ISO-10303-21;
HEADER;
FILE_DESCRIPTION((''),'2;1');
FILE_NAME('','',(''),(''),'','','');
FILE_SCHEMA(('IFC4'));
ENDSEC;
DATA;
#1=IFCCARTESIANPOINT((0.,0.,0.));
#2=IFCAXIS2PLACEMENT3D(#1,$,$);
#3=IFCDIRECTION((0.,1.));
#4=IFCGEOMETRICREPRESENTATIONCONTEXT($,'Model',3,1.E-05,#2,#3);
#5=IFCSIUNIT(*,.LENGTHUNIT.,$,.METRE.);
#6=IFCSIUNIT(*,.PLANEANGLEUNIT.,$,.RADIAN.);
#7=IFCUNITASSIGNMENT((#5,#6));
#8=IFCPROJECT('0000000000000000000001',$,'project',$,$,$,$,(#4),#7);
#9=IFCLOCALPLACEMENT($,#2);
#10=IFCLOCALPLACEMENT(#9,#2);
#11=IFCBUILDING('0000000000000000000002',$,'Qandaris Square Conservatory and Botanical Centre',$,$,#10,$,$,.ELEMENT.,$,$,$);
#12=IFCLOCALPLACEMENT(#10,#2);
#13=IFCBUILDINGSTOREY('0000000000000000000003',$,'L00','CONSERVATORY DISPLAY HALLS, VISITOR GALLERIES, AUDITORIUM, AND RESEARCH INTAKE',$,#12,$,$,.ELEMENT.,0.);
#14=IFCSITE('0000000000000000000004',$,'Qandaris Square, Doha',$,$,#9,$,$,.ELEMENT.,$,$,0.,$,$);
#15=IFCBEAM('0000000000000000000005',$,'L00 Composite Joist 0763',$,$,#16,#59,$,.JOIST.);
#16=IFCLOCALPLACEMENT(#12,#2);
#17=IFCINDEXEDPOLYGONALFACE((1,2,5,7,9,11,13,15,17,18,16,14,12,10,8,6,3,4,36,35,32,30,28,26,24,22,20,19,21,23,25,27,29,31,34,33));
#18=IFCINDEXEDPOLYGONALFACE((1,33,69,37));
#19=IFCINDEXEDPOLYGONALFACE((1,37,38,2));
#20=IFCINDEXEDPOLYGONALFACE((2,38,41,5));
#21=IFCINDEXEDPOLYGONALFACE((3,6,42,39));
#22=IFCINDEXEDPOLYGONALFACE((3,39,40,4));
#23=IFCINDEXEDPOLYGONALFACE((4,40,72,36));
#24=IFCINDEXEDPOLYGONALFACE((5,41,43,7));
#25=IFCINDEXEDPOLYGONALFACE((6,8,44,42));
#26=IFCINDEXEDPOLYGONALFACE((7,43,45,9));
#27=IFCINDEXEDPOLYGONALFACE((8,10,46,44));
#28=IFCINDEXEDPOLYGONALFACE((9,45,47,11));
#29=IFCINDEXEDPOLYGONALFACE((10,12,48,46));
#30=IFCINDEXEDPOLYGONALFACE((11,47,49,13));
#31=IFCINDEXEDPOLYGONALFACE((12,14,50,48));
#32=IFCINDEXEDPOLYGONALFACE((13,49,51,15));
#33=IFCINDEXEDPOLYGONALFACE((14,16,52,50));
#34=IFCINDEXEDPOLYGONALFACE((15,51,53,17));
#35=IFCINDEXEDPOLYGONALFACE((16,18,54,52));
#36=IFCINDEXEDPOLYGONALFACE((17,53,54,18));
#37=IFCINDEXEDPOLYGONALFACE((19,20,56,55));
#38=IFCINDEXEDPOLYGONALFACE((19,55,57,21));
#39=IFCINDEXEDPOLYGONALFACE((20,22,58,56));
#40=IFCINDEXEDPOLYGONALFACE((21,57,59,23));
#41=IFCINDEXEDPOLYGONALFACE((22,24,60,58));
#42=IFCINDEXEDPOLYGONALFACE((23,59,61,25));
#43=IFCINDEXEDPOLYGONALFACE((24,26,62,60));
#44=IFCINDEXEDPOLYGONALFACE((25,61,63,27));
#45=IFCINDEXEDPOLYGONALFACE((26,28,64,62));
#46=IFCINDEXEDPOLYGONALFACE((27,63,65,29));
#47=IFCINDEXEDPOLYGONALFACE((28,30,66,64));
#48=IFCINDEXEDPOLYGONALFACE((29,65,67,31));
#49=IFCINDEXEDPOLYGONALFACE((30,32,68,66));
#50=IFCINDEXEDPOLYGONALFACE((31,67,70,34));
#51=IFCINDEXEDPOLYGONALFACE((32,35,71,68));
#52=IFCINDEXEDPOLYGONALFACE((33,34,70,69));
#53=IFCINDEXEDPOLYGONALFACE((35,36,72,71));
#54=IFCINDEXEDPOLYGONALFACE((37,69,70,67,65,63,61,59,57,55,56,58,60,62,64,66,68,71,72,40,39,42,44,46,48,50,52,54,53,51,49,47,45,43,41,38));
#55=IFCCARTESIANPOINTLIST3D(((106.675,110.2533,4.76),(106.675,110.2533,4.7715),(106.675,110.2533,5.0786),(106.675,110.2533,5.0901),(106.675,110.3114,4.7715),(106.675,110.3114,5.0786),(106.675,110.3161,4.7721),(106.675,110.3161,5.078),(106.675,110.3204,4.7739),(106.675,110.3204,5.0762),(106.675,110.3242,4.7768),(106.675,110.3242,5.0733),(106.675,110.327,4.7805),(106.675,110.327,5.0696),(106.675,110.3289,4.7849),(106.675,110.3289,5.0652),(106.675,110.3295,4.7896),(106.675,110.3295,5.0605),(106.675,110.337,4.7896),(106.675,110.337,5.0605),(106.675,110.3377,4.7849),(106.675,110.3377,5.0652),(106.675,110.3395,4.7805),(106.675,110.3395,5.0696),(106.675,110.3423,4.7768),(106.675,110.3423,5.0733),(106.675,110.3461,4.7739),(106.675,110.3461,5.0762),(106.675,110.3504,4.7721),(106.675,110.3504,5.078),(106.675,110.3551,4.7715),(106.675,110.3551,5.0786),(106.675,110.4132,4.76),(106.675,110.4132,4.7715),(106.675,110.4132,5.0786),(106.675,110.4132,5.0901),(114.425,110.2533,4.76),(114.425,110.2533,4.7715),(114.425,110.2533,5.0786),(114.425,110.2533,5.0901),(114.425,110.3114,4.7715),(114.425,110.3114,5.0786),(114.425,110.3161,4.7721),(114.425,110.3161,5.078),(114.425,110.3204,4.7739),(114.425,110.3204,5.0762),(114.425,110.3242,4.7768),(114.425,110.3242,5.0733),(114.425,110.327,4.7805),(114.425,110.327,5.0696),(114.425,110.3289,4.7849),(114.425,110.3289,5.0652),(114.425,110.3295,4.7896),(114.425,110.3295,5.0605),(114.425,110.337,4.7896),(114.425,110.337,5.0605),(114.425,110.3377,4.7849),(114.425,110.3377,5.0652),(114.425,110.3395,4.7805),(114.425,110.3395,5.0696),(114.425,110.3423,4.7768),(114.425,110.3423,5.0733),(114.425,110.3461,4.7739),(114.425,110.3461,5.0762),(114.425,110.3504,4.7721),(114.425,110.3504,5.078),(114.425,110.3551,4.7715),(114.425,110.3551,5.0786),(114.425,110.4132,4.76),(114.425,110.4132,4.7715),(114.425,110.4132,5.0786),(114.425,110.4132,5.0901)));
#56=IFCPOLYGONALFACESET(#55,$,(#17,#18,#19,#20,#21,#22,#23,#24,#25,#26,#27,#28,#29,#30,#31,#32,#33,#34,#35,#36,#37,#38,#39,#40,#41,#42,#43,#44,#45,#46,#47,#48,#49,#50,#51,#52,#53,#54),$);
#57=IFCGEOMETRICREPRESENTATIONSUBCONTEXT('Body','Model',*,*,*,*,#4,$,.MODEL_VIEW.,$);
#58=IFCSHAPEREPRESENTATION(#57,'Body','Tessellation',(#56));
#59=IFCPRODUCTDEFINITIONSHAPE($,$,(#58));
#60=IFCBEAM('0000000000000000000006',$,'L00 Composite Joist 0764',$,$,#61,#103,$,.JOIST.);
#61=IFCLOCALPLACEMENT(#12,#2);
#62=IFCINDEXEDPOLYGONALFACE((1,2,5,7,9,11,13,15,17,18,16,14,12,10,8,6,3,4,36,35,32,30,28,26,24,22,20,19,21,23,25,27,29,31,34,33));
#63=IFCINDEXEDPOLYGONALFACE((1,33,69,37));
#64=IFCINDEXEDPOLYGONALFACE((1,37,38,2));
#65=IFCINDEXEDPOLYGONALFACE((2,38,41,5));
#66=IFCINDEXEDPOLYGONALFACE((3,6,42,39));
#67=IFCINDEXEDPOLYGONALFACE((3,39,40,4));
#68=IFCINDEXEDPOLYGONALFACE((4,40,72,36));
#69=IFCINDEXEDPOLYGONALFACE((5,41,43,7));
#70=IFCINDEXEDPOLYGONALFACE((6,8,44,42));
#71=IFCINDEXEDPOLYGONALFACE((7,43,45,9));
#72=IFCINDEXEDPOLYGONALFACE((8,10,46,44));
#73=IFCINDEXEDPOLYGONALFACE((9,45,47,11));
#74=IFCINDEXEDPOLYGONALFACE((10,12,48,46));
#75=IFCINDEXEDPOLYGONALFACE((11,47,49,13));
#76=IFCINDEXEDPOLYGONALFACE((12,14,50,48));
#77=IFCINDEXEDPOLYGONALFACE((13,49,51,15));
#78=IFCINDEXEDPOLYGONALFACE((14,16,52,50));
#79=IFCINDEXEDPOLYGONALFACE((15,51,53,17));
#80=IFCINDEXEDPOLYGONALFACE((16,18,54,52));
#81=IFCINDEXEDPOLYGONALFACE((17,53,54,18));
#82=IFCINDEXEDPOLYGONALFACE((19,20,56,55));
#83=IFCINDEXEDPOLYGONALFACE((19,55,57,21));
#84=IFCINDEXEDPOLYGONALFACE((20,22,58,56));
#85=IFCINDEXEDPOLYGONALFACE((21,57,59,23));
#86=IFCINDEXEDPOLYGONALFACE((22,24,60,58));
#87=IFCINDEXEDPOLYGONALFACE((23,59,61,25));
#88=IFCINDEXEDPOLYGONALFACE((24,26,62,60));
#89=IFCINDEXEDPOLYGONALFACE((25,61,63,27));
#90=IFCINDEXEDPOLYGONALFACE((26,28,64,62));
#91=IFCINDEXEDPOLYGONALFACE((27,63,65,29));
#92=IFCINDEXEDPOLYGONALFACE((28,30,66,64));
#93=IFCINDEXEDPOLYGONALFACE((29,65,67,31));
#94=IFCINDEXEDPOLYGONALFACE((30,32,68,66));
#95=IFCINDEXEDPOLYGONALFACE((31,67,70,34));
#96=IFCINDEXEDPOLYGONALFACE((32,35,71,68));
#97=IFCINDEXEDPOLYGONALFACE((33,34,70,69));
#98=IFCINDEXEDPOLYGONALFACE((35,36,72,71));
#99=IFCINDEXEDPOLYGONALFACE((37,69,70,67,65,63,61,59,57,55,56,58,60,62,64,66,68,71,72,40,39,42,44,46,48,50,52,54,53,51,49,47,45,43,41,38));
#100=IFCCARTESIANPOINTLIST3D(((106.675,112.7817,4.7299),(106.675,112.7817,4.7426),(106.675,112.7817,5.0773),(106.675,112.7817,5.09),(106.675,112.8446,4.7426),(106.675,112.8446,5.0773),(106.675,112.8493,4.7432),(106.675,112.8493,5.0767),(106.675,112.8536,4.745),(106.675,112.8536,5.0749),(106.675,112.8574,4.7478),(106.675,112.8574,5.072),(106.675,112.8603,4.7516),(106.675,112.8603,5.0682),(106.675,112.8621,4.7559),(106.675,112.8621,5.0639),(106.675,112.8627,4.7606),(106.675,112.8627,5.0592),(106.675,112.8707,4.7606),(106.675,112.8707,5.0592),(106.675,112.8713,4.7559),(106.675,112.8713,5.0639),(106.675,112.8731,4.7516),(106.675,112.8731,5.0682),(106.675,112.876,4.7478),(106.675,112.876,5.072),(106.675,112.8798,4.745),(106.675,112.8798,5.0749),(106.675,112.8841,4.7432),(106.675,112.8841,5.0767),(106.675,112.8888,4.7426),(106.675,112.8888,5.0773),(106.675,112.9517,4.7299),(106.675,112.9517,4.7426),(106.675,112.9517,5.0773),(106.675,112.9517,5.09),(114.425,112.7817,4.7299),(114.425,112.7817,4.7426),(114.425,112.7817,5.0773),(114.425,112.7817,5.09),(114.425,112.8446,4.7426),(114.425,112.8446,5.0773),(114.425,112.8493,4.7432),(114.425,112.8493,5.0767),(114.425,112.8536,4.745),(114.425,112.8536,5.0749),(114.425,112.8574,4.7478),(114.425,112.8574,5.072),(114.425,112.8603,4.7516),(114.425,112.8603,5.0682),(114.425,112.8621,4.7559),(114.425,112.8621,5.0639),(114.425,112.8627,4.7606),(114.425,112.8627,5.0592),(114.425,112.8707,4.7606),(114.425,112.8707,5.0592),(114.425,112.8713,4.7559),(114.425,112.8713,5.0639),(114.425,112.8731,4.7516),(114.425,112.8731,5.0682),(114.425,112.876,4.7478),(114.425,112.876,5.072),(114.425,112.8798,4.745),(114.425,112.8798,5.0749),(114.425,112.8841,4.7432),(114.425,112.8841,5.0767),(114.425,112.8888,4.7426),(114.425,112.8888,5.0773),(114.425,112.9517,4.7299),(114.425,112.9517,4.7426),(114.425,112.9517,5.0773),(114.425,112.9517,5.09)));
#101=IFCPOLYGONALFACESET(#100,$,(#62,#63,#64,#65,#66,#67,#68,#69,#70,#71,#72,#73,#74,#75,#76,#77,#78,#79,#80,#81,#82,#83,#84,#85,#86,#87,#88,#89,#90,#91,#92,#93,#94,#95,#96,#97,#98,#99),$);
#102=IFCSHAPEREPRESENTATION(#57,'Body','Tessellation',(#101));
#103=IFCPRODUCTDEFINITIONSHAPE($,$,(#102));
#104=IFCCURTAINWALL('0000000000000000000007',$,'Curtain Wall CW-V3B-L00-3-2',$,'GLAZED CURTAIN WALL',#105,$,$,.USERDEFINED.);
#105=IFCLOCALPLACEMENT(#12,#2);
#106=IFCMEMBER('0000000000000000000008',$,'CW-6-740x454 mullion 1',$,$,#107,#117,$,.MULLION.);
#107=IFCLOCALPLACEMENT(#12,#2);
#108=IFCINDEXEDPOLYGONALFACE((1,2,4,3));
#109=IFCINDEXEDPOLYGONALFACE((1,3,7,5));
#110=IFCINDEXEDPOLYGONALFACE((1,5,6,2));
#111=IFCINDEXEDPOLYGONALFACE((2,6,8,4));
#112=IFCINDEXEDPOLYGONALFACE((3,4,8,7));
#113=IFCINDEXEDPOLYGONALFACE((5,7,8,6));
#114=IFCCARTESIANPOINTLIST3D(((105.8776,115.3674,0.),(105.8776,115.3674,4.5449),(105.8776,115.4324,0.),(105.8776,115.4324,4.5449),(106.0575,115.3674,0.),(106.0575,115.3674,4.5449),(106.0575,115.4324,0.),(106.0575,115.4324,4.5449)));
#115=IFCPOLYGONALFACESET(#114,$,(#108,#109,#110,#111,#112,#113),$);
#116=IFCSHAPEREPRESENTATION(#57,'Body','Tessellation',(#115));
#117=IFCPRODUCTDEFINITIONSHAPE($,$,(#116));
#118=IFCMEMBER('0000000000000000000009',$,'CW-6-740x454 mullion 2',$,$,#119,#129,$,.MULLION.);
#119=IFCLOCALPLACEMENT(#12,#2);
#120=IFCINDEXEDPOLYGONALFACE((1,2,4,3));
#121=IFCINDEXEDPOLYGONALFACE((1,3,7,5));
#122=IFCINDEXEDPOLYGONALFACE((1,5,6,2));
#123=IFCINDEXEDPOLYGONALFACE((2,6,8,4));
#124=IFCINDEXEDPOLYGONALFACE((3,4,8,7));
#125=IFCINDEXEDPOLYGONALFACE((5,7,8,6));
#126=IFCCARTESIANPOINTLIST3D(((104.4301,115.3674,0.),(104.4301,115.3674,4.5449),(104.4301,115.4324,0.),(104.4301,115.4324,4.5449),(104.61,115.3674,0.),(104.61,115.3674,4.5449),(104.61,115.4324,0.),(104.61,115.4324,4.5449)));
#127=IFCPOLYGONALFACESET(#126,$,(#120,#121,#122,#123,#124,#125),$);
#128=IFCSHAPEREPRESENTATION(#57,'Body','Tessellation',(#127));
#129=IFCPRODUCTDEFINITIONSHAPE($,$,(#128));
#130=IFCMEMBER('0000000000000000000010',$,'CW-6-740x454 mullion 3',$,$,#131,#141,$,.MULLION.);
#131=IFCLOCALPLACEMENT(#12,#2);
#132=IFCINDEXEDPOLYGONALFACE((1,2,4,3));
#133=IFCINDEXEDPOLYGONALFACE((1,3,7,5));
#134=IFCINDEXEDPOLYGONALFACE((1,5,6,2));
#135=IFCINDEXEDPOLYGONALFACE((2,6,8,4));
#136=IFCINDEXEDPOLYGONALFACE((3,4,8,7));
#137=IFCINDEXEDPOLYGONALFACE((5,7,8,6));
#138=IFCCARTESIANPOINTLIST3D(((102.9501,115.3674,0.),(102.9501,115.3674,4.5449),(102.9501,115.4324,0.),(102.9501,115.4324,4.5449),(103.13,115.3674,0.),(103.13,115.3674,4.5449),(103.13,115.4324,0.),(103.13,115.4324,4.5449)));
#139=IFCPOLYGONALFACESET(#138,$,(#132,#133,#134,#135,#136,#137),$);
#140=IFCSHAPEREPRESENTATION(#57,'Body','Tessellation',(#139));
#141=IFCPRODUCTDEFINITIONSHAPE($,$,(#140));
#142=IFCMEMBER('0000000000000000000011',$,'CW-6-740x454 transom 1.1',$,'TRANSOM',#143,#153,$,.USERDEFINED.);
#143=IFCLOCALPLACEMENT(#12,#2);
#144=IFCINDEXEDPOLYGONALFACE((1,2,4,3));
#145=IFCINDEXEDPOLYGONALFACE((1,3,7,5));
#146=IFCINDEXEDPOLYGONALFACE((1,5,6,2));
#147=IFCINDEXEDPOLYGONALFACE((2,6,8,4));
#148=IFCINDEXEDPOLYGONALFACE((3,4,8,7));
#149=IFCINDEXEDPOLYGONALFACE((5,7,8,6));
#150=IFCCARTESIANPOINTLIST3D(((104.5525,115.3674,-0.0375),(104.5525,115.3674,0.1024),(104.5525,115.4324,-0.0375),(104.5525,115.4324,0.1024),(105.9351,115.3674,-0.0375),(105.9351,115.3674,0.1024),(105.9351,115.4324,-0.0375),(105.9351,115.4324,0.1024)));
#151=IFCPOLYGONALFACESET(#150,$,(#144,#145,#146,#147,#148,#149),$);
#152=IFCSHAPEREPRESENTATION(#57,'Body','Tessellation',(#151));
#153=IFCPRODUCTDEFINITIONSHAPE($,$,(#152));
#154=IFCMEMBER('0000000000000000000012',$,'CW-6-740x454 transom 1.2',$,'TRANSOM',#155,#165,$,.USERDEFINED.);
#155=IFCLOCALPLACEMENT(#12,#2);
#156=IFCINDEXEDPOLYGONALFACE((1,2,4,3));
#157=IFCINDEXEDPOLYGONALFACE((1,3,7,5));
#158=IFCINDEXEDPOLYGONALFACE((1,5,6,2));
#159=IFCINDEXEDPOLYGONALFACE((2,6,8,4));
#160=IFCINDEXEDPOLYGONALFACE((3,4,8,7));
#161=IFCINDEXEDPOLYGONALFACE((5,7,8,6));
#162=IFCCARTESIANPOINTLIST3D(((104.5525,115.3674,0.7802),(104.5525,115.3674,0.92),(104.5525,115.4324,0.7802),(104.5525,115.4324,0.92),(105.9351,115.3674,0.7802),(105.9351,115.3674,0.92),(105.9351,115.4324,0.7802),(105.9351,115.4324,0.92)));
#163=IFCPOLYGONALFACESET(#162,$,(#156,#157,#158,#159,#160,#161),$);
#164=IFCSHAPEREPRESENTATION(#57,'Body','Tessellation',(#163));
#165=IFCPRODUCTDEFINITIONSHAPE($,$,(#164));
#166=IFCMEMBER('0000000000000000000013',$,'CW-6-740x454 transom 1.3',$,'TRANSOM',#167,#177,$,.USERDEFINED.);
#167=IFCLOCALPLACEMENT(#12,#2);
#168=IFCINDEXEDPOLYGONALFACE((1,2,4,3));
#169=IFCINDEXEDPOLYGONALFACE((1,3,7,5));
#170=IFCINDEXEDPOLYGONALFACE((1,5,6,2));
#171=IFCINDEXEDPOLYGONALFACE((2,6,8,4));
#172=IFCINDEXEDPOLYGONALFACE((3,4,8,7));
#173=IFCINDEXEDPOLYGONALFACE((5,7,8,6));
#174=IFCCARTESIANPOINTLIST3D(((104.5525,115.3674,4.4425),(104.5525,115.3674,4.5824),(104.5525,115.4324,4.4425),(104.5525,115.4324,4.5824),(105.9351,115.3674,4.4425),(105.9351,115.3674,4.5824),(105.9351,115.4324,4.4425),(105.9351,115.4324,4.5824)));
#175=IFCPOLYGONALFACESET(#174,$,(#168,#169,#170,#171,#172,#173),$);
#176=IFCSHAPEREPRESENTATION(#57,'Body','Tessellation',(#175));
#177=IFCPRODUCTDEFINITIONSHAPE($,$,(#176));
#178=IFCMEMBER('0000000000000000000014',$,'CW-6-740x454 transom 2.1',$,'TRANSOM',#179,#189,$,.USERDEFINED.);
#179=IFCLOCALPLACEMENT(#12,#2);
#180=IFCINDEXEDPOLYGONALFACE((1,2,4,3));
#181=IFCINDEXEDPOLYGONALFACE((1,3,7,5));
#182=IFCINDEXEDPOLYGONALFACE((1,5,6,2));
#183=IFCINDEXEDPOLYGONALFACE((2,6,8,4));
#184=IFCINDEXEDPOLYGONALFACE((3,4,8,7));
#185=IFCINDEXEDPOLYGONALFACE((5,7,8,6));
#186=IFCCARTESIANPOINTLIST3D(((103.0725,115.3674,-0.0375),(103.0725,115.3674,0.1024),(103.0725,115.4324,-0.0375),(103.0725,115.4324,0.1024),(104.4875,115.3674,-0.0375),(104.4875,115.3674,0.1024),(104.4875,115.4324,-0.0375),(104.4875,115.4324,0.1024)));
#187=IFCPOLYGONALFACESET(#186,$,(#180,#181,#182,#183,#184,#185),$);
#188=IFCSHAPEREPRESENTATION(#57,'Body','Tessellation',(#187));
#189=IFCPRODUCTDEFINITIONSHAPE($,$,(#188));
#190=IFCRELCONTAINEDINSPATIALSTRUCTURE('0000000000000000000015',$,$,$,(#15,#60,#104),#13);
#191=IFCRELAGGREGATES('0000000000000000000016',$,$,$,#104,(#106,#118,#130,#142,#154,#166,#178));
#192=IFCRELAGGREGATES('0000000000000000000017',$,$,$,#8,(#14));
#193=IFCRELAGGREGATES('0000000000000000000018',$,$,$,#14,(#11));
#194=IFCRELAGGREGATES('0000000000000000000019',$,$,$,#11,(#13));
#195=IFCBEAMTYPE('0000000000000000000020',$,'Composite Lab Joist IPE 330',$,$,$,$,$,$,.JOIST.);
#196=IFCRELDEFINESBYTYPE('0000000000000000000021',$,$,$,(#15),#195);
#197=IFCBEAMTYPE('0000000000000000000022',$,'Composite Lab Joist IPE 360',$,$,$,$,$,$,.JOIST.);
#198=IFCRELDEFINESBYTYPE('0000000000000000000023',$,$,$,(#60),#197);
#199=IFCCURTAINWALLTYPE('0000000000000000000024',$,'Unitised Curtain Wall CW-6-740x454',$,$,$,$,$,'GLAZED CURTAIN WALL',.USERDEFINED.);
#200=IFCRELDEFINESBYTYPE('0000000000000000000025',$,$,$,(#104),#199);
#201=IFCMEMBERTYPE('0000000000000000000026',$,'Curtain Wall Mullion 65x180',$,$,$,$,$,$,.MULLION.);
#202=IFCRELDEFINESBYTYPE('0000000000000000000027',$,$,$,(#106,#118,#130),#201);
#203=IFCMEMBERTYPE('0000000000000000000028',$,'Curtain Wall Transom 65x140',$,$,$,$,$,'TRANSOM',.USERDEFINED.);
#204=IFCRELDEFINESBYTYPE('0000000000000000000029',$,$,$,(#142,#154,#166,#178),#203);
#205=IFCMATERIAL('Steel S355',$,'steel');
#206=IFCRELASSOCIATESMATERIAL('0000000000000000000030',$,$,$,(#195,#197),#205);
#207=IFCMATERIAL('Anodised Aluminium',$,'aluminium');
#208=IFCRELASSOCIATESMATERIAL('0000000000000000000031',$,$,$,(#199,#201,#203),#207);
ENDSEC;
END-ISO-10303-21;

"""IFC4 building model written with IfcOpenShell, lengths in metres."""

from ifc_helpers import new_model, si_unit, direction, frame, origin, origin_2d, place, context, subcontext, project, spatial, rectangle, i_section, extrude, material, material_profile, profile_set, type_object, element, aggregate, save


model = new_model("IFC4")

# Units and contexts
model_context = context("Model", 3, precision=1e-05, world=origin(), true_north=direction((0.0, 1.0)))
body_context = subcontext(model_context, "Body", "Model", "MODEL_VIEW")
ifc_project = project(units=[si_unit("LENGTHUNIT", "METRE"), si_unit("PLANEANGLEUNIT", "RADIAN")], contexts=[model_context])

# Site, building, storey
site_placement = place(None, origin())
site = spatial("IfcSite", under=ifc_project, at=site_placement, Name="Qandaris Square, Doha", CompositionType="ELEMENT", RefElevation=0.0)
building_placement = place(site_placement, origin())
building = spatial("IfcBuilding", under=site, at=building_placement, Name="Qandaris Square Conservatory and Botanical Centre", CompositionType="ELEMENT")
storey_placement = place(building_placement, origin())
storey = spatial("IfcBuildingStorey", under=building, at=storey_placement, Name="L00", Description="CONSERVATORY DISPLAY HALLS, VISITOR GALLERIES, AUDITORIUM, AND RESEARCH INTAKE", CompositionType="ELEMENT", Elevation=0.0)

# Beams
ifc_material_1 = material(Name="Steel S355", Category="steel")
ifc_material_profile_1 = material_profile(ifc_material_1, i_section(OverallWidth=0.1599, OverallDepth=0.3301, WebThickness=0.0076, FlangeThickness=0.0115, FilletRadius=0.0181, at=origin_2d()), Name="IPE 330")
ifc_profile_set_1 = profile_set([ifc_material_profile_1], Name="Steel S355")
beam_type_1 = type_object("IfcBeamType", Name="Composite Lab Joist IPE 330", PredefinedType="JOIST", material=ifc_profile_set_1)
beam_1_placement = place(storey_placement, frame((106.675, 110.3333, 4.925), z_axis=(1.0, 0.0, 0.0), x_axis=(0.0, 1.0, 0.0)))
element("IfcBeam", 1, at=beam_1_placement, inside=storey, type_object=beam_type_1, Name="L00 Composite Joist 0763", PredefinedType="JOIST", context=body_context, shape_type="SweptSolid", body=[
    extrude(i_section(OverallWidth=0.1599, OverallDepth=0.3301, WebThickness=0.0076, FlangeThickness=0.0115, FilletRadius=0.0181, at=origin_2d()), origin(), (0.0, 0.0, 1.0), 7.75),
])
ifc_material_profile_2 = material_profile(ifc_material_1, i_section(OverallWidth=0.1699, OverallDepth=0.3601, WebThickness=0.0081, FlangeThickness=0.0127, FilletRadius=0.0181, at=origin_2d()), Name="IPE 360")
ifc_profile_set_2 = profile_set([ifc_material_profile_2], Name="Steel S355")
beam_type_2 = type_object("IfcBeamType", Name="Composite Lab Joist IPE 360", PredefinedType="JOIST", material=ifc_profile_set_2)
beam_2_placement = place(storey_placement, frame((106.675, 112.8667, 4.9099), z_axis=(1.0, 0.0, 0.0), x_axis=(0.0, 1.0, 0.0)))
element("IfcBeam", 2, at=beam_2_placement, inside=storey, type_object=beam_type_2, Name="L00 Composite Joist 0764", PredefinedType="JOIST", context=body_context, shape_type="SweptSolid", body=[
    extrude(i_section(OverallWidth=0.1699, OverallDepth=0.3601, WebThickness=0.0081, FlangeThickness=0.0127, FilletRadius=0.0181, at=origin_2d()), origin(), (0.0, 0.0, 1.0), 7.75),
])

# Curtain wall, members
ifc_material_2 = material(Name="Anodised Aluminium", Category="aluminium")
curtain_wall_type = type_object("IfcCurtainWallType", Name="Unitised Curtain Wall CW-6-740x454", ElementType="GLAZED CURTAIN WALL", PredefinedType="USERDEFINED", material=ifc_material_2)
curtain_wall_placement = place(storey_placement, origin())
curtain_wall = element("IfcCurtainWall", 3, at=curtain_wall_placement, inside=storey, type_object=curtain_wall_type, Name="Curtain Wall CW-V3B-L00-3-2", ObjectType="GLAZED CURTAIN WALL", PredefinedType="USERDEFINED")
ifc_material_profile_3 = material_profile(ifc_material_2, rectangle(XDim=0.0649, YDim=0.1799, at=origin_2d()), Name="ALU-MUL 65x180")
ifc_profile_set_3 = profile_set([ifc_material_profile_3], Name="Anodised Aluminium")
member_type_1 = type_object("IfcMemberType", Name="Curtain Wall Mullion 65x180", PredefinedType="MULLION", material=ifc_profile_set_3)
member_1_placement = place(storey_placement, frame((105.9675, 115.3999, 0.0), z_axis=(0.0, 0.0, 1.0), x_axis=(0.0, -1.0, 0.0)))
member_1 = element("IfcMember", 4, at=member_1_placement, type_object=member_type_1, Name="CW-6-740x454 mullion 1", PredefinedType="MULLION", context=body_context, shape_type="SweptSolid", body=[
    extrude(rectangle(XDim=0.0649, YDim=0.1799, at=origin_2d()), origin(), (0.0, 0.0, 1.0), 4.5449),
])
member_2_placement = place(storey_placement, frame((104.52, 115.3999, 0.0), z_axis=(0.0, 0.0, 1.0), x_axis=(0.0, -1.0, 0.0)))
member_2 = element("IfcMember", 5, at=member_2_placement, type_object=member_type_1, Name="CW-6-740x454 mullion 2", PredefinedType="MULLION", context=body_context, shape_type="SweptSolid", body=[
    extrude(rectangle(XDim=0.0649, YDim=0.1799, at=origin_2d()), origin(), (0.0, 0.0, 1.0), 4.5449),
])
member_3_placement = place(storey_placement, frame((103.04, 115.3999, 0.0), z_axis=(0.0, 0.0, 1.0), x_axis=(0.0, -1.0, 0.0)))
member_3 = element("IfcMember", 6, at=member_3_placement, type_object=member_type_1, Name="CW-6-740x454 mullion 3", PredefinedType="MULLION", context=body_context, shape_type="SweptSolid", body=[
    extrude(rectangle(XDim=0.0649, YDim=0.1799, at=origin_2d()), origin(), (0.0, 0.0, 1.0), 4.5449),
])
ifc_material_profile_4 = material_profile(ifc_material_2, rectangle(XDim=0.0649, YDim=0.1399, at=origin_2d()), Name="ALU-TRN 65x140")
ifc_profile_set_4 = profile_set([ifc_material_profile_4], Name="Anodised Aluminium")
member_type_2 = type_object("IfcMemberType", Name="Curtain Wall Transom 65x140", ElementType="TRANSOM", PredefinedType="USERDEFINED", material=ifc_profile_set_4)
member_4_placement = place(storey_placement, frame((105.9351, 115.3999, 0.0325), z_axis=(-1.0, 0.0, 0.0), x_axis=(0.0, -1.0, 0.0)))
member_4 = element("IfcMember", 7, at=member_4_placement, type_object=member_type_2, Name="CW-6-740x454 transom 1.1", ObjectType="TRANSOM", PredefinedType="USERDEFINED", context=body_context, shape_type="SweptSolid", body=[
    extrude(rectangle(XDim=0.0649, YDim=0.1399, at=origin_2d()), origin(), (0.0, 0.0, 1.0), 1.3826),
])
member_5_placement = place(storey_placement, frame((105.9351, 115.3999, 0.8501), z_axis=(-1.0, 0.0, 0.0), x_axis=(0.0, -1.0, 0.0)))
member_5 = element("IfcMember", 8, at=member_5_placement, type_object=member_type_2, Name="CW-6-740x454 transom 1.2", ObjectType="TRANSOM", PredefinedType="USERDEFINED", context=body_context, shape_type="SweptSolid", body=[
    extrude(rectangle(XDim=0.0649, YDim=0.1399, at=origin_2d()), origin(), (0.0, 0.0, 1.0), 1.3826),
])
member_6_placement = place(storey_placement, frame((105.9351, 115.3999, 4.5125), z_axis=(-1.0, 0.0, 0.0), x_axis=(0.0, -1.0, 0.0)))
member_6 = element("IfcMember", 9, at=member_6_placement, type_object=member_type_2, Name="CW-6-740x454 transom 1.3", ObjectType="TRANSOM", PredefinedType="USERDEFINED", context=body_context, shape_type="SweptSolid", body=[
    extrude(rectangle(XDim=0.0649, YDim=0.1399, at=origin_2d()), origin(), (0.0, 0.0, 1.0), 1.3826),
])
member_7_placement = place(storey_placement, frame((104.4875, 115.3999, 0.0325), z_axis=(-1.0, 0.0, 0.0), x_axis=(0.0, -1.0, 0.0)))
member_7 = element("IfcMember", 10, at=member_7_placement, type_object=member_type_2, Name="CW-6-740x454 transom 2.1", ObjectType="TRANSOM", PredefinedType="USERDEFINED", context=body_context, shape_type="SweptSolid", body=[
    extrude(rectangle(XDim=0.0649, YDim=0.1399, at=origin_2d()), origin(), (0.0, 0.0, 1.0), 1.415),
])

aggregate(curtain_wall, [member_1, member_2, member_3, member_4, member_5, member_6, member_7])

save(model, "model.ifc")
